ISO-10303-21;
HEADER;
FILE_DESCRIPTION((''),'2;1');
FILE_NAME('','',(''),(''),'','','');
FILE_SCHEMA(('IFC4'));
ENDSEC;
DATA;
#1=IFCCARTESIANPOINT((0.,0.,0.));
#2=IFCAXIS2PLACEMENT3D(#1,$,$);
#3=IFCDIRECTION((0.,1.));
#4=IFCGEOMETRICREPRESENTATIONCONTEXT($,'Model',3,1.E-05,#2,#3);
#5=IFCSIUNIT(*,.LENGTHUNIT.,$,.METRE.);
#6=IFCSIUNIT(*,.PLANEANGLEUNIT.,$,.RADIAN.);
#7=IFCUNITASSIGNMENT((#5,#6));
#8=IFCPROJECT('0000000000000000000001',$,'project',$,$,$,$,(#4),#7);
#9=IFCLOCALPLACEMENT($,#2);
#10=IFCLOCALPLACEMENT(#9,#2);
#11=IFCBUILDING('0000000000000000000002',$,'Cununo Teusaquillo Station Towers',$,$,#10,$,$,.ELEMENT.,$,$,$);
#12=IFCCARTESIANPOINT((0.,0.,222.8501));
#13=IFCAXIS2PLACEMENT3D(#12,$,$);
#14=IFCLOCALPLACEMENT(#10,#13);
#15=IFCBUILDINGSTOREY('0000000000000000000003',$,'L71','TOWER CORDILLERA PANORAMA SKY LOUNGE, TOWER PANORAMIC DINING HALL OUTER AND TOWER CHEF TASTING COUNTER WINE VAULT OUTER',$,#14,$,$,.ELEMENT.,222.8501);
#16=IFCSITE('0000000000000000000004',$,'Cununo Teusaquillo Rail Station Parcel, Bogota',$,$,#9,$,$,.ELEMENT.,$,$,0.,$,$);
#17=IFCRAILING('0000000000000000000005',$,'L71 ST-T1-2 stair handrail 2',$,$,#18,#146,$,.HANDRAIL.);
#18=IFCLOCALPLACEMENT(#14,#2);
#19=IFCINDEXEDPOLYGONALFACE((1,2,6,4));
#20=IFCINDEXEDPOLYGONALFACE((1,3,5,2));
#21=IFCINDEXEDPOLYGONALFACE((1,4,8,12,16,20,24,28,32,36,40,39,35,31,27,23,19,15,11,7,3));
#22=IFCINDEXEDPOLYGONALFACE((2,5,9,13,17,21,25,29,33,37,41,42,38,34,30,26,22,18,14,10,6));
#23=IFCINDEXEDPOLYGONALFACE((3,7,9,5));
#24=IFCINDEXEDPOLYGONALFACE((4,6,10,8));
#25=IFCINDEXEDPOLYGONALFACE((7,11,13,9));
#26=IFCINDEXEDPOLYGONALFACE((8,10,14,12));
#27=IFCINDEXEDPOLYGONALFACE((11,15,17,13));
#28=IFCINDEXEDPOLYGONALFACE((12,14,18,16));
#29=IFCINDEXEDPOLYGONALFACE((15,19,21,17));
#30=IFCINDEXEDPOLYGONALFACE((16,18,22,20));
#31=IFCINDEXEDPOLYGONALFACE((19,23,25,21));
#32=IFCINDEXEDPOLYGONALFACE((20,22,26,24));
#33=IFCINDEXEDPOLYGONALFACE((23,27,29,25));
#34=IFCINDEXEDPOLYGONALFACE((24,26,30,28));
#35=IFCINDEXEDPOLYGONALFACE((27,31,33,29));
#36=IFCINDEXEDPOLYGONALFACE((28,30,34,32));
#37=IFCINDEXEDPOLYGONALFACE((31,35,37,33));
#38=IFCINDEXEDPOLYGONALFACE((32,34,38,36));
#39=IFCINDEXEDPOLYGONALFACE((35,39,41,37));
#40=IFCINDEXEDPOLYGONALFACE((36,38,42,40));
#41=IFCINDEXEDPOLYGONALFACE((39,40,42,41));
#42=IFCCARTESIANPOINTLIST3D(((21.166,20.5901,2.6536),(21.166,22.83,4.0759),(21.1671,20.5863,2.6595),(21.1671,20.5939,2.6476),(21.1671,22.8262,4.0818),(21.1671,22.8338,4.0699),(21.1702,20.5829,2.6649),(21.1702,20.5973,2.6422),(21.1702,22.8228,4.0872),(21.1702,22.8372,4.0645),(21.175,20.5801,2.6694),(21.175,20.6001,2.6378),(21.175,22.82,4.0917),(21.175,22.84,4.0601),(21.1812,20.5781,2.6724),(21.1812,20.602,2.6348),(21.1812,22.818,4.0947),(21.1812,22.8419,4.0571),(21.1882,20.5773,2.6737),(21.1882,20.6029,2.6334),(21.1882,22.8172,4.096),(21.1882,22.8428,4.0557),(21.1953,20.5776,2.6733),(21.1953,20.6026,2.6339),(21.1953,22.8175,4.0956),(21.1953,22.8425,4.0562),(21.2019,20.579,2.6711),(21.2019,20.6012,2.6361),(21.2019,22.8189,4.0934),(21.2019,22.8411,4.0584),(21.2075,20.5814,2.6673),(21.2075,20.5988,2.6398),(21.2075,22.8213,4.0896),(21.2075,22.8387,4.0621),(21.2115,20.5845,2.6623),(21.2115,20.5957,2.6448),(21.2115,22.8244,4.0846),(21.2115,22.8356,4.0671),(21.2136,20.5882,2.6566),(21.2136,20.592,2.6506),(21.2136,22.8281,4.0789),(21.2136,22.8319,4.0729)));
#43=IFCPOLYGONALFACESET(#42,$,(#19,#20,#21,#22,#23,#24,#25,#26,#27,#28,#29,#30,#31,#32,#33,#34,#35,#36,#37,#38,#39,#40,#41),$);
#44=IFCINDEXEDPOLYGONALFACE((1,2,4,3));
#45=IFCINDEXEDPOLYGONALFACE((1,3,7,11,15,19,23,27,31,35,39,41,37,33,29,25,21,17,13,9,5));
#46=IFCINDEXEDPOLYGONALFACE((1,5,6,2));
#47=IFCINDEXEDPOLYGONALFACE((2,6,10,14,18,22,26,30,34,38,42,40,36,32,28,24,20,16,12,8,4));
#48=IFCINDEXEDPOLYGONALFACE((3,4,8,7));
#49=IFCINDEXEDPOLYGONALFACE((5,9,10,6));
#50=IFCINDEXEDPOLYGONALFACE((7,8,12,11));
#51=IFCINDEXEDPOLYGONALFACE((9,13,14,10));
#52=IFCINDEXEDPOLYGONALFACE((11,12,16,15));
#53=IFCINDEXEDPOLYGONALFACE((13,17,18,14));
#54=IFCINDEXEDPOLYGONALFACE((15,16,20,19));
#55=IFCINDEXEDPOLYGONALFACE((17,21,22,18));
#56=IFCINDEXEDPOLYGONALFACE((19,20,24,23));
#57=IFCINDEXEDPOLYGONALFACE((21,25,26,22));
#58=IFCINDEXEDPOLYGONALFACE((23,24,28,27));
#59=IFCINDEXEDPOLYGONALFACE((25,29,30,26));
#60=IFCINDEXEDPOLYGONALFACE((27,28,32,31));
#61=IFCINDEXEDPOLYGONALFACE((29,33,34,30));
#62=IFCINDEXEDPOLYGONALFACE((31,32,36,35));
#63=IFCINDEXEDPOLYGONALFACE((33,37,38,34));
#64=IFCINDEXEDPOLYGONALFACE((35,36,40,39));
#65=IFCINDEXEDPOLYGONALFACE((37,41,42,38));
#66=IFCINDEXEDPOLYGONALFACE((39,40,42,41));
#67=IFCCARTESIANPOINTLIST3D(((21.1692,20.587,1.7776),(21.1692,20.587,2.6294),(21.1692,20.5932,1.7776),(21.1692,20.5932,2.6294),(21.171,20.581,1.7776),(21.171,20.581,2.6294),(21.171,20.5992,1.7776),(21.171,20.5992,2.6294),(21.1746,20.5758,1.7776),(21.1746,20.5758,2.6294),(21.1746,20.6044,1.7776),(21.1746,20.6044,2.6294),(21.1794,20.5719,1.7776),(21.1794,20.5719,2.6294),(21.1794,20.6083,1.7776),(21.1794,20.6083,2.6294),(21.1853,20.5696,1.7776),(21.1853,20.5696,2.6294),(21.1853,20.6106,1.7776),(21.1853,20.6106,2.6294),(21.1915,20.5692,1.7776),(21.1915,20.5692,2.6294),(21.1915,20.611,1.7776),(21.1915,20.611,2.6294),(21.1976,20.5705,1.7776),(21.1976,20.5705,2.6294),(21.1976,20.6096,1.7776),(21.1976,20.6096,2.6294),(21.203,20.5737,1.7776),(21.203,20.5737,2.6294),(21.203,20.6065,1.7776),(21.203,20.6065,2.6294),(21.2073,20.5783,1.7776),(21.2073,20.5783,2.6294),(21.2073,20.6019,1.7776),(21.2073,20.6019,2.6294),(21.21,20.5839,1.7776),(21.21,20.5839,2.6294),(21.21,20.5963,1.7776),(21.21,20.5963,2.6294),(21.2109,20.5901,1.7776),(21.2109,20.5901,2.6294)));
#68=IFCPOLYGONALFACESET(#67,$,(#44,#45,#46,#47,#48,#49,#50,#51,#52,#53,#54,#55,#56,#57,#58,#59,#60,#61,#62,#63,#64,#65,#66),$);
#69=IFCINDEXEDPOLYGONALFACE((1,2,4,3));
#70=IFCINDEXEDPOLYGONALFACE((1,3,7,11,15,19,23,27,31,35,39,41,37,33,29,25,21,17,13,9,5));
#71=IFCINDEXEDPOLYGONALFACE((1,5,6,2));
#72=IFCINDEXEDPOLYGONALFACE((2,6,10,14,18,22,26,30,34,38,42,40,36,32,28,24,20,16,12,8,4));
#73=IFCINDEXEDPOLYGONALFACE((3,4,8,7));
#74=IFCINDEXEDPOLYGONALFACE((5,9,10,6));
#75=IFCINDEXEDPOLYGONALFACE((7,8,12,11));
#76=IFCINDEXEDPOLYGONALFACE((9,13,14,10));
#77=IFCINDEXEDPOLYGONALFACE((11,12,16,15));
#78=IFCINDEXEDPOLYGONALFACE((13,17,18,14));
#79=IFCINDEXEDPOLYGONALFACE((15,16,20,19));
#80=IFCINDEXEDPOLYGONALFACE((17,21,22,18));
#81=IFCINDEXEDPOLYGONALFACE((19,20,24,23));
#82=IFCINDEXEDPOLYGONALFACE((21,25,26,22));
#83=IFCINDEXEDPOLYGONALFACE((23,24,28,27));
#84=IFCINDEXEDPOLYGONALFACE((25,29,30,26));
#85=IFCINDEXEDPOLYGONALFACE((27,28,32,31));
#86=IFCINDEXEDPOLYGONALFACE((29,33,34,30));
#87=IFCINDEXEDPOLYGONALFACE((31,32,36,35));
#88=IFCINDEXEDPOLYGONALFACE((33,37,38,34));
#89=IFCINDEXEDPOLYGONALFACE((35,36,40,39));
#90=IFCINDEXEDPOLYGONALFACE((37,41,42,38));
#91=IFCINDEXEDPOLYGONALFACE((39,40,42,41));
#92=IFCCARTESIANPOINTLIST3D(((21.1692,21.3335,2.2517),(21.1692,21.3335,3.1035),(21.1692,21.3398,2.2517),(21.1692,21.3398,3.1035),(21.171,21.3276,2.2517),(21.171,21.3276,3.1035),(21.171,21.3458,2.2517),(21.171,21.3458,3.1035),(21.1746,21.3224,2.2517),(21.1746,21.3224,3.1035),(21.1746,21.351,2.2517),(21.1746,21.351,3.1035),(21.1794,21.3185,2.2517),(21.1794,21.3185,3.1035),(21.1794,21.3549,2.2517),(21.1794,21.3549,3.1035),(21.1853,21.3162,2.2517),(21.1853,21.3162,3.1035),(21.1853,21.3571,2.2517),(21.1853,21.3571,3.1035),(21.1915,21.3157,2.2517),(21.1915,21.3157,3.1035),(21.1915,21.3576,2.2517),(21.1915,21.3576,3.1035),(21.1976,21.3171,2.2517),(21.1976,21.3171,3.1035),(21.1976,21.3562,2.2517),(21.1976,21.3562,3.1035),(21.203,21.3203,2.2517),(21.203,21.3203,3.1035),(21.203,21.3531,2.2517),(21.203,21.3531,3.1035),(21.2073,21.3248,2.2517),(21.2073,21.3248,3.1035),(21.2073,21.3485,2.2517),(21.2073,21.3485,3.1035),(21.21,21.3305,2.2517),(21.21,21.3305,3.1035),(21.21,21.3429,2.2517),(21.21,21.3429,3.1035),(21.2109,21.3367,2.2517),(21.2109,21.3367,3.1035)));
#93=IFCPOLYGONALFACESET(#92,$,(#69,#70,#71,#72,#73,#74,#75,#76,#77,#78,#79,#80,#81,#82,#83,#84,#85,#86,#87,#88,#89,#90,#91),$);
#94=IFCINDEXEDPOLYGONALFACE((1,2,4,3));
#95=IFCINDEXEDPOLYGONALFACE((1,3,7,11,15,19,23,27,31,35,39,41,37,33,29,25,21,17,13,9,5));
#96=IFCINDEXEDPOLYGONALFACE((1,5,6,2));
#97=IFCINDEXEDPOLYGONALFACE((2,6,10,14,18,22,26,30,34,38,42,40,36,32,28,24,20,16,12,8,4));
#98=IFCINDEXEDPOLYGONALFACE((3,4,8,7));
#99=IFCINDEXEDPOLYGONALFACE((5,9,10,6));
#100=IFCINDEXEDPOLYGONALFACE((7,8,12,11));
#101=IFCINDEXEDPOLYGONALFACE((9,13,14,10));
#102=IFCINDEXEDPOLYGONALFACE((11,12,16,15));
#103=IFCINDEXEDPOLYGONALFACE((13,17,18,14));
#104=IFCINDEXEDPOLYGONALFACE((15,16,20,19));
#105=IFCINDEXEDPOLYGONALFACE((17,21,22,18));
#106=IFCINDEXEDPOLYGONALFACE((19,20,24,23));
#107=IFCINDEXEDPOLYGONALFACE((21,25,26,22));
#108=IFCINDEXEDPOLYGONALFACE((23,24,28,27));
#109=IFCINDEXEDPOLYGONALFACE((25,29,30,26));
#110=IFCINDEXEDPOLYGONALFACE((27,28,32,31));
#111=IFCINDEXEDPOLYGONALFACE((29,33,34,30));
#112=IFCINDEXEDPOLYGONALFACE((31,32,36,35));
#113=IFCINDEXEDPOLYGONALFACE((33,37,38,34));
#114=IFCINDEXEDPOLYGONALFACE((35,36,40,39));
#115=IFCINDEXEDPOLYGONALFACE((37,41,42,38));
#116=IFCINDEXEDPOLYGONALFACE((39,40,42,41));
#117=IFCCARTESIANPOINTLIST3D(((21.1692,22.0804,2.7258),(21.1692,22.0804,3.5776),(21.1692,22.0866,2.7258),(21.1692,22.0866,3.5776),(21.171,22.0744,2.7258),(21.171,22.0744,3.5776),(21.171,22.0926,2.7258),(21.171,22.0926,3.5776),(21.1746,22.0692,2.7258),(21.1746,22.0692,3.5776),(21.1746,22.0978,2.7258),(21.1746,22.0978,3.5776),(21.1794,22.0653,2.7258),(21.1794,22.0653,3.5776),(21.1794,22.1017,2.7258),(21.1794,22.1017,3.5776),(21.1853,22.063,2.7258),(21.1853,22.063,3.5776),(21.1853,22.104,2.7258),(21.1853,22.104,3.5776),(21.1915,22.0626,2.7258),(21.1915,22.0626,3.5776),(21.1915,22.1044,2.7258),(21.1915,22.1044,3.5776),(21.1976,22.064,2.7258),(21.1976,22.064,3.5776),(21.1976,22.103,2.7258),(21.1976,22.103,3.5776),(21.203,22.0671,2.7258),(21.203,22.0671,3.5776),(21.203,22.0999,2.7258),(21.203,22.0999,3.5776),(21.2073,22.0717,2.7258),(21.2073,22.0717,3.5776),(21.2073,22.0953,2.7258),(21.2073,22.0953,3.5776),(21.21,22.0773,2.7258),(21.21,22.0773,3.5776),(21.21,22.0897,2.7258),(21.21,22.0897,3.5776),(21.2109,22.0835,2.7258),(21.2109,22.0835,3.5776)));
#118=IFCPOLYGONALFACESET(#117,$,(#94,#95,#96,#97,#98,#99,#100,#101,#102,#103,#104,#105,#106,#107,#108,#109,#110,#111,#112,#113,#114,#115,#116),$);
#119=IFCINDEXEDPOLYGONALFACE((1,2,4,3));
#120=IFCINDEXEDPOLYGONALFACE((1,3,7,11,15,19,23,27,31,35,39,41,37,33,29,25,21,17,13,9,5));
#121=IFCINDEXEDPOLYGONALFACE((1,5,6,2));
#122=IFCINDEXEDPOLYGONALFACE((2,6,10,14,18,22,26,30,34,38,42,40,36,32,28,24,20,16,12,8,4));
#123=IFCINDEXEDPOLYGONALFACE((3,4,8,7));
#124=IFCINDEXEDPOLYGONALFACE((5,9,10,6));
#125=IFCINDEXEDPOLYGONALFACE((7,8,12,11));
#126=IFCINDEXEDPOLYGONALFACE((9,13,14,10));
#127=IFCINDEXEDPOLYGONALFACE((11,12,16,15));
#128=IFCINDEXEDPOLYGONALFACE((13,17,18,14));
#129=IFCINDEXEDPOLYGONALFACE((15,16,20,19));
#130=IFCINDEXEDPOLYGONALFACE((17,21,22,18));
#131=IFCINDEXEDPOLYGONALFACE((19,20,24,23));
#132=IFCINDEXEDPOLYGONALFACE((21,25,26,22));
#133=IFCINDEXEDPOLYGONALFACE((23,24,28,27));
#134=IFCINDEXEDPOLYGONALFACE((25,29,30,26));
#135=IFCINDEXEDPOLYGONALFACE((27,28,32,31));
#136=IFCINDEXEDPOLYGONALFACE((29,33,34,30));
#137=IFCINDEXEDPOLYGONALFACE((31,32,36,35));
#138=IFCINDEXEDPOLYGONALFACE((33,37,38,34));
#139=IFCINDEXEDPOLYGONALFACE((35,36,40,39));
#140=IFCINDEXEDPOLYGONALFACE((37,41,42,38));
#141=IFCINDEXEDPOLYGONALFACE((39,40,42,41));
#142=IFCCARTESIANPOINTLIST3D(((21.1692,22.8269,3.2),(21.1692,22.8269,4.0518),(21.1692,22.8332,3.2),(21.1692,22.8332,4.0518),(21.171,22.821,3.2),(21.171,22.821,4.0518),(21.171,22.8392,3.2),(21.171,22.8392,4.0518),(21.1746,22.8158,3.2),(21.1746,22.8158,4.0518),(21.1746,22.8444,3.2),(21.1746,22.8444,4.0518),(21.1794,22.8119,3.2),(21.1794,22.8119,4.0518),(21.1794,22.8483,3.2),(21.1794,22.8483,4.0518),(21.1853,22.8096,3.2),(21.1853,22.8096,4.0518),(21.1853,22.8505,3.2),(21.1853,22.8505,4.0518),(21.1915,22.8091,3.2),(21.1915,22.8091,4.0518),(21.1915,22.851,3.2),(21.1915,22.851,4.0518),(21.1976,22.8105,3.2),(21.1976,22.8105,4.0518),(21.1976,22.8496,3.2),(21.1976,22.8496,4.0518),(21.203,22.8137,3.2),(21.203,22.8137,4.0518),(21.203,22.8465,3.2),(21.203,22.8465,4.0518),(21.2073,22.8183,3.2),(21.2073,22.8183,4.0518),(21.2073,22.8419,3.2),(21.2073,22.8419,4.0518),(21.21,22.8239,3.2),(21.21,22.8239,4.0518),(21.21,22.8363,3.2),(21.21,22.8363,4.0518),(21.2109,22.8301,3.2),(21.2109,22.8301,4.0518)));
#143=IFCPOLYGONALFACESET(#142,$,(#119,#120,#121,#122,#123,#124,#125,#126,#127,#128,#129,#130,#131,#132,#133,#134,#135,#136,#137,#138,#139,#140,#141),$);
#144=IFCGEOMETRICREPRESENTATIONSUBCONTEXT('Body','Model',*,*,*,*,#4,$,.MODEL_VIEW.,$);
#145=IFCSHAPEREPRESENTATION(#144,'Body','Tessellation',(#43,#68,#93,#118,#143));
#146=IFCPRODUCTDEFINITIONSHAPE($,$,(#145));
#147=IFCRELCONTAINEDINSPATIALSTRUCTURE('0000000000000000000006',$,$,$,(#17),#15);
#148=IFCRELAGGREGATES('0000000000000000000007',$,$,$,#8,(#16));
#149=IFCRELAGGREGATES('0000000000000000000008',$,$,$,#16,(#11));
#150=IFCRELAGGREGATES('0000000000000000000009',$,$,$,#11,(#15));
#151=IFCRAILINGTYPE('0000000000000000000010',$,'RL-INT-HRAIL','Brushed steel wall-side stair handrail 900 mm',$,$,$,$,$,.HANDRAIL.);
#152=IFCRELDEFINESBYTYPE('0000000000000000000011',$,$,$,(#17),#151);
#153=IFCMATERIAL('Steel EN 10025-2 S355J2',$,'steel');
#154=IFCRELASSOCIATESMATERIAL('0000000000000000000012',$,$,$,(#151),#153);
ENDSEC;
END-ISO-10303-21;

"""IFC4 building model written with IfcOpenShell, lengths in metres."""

from ifc_helpers import new_model, si_unit, direction, frame, origin, origin_2d, place, context, subcontext, project, spatial, circle, extrude, material, type_object, element, save


model = new_model("IFC4")

# Units and contexts
model_context = context("Model", 3, precision=1e-05, world=origin(), true_north=direction((0.0, 1.0)))
body_context = subcontext(model_context, "Body", "Model", "MODEL_VIEW")
ifc_project = project(units=[si_unit("LENGTHUNIT", "METRE"), si_unit("PLANEANGLEUNIT", "RADIAN")], contexts=[model_context])

# Site, building, storey
site_placement = place(None, origin())
site = spatial("IfcSite", under=ifc_project, at=site_placement, Name="Cununo Teusaquillo Rail Station Parcel, Bogota", CompositionType="ELEMENT", RefElevation=0.0)
building_placement = place(site_placement, origin())
building = spatial("IfcBuilding", under=site, at=building_placement, Name="Cununo Teusaquillo Station Towers", CompositionType="ELEMENT")
storey_placement = place(building_placement, frame((0.0, 0.0, 222.8501)))
storey = spatial("IfcBuildingStorey", under=building, at=storey_placement, Name="L71", Description="TOWER CORDILLERA PANORAMA SKY LOUNGE, TOWER PANORAMIC DINING HALL OUTER AND TOWER CHEF TASTING COUNTER WINE VAULT OUTER", CompositionType="ELEMENT", Elevation=222.8501)

# Railing
ifc_material_1 = material(Name="Steel EN 10025-2 S355J2", Category="steel")
railing_type_1 = type_object("IfcRailingType", Name="RL-INT-HRAIL", Description="Brushed steel wall-side stair handrail 900 mm", PredefinedType="HANDRAIL", material=ifc_material_1)
railing_1_placement = place(storey_placement, frame((21.1899, 20.5901, 1.7776)))
element("IfcRailing", 1, at=railing_1_placement, inside=storey, type_object=railing_type_1, Name="L71 ST-T1-2 stair handrail 2", PredefinedType="HANDRAIL", context=body_context, shape_type="SweptSolid", body=[
    extrude(circle(Radius=0.0239, at=origin_2d()), frame((0.0, 0.0, 0.876), z_axis=(0.0, 0.844188, 0.536048), x_axis=(-1.0, 0.0, 0.0)), (0.0, 0.0, 1.0), 2.6533),
    extrude(circle(Radius=0.021, at=origin_2d()), origin(), (0.0, 0.0, 1.0), 0.8518),
    extrude(circle(Radius=0.021, at=origin_2d()), frame((0.0, 0.7466, 0.4741)), (0.0, 0.0, 1.0), 0.8518),
    extrude(circle(Radius=0.021, at=origin_2d()), frame((0.0, 1.4934, 0.9482)), (0.0, 0.0, 1.0), 0.8518),
    extrude(circle(Radius=0.021, at=origin_2d()), frame((0.0, 2.24, 1.4224)), (0.0, 0.0, 1.0), 0.8518),
])

save(model, "model.ifc")
